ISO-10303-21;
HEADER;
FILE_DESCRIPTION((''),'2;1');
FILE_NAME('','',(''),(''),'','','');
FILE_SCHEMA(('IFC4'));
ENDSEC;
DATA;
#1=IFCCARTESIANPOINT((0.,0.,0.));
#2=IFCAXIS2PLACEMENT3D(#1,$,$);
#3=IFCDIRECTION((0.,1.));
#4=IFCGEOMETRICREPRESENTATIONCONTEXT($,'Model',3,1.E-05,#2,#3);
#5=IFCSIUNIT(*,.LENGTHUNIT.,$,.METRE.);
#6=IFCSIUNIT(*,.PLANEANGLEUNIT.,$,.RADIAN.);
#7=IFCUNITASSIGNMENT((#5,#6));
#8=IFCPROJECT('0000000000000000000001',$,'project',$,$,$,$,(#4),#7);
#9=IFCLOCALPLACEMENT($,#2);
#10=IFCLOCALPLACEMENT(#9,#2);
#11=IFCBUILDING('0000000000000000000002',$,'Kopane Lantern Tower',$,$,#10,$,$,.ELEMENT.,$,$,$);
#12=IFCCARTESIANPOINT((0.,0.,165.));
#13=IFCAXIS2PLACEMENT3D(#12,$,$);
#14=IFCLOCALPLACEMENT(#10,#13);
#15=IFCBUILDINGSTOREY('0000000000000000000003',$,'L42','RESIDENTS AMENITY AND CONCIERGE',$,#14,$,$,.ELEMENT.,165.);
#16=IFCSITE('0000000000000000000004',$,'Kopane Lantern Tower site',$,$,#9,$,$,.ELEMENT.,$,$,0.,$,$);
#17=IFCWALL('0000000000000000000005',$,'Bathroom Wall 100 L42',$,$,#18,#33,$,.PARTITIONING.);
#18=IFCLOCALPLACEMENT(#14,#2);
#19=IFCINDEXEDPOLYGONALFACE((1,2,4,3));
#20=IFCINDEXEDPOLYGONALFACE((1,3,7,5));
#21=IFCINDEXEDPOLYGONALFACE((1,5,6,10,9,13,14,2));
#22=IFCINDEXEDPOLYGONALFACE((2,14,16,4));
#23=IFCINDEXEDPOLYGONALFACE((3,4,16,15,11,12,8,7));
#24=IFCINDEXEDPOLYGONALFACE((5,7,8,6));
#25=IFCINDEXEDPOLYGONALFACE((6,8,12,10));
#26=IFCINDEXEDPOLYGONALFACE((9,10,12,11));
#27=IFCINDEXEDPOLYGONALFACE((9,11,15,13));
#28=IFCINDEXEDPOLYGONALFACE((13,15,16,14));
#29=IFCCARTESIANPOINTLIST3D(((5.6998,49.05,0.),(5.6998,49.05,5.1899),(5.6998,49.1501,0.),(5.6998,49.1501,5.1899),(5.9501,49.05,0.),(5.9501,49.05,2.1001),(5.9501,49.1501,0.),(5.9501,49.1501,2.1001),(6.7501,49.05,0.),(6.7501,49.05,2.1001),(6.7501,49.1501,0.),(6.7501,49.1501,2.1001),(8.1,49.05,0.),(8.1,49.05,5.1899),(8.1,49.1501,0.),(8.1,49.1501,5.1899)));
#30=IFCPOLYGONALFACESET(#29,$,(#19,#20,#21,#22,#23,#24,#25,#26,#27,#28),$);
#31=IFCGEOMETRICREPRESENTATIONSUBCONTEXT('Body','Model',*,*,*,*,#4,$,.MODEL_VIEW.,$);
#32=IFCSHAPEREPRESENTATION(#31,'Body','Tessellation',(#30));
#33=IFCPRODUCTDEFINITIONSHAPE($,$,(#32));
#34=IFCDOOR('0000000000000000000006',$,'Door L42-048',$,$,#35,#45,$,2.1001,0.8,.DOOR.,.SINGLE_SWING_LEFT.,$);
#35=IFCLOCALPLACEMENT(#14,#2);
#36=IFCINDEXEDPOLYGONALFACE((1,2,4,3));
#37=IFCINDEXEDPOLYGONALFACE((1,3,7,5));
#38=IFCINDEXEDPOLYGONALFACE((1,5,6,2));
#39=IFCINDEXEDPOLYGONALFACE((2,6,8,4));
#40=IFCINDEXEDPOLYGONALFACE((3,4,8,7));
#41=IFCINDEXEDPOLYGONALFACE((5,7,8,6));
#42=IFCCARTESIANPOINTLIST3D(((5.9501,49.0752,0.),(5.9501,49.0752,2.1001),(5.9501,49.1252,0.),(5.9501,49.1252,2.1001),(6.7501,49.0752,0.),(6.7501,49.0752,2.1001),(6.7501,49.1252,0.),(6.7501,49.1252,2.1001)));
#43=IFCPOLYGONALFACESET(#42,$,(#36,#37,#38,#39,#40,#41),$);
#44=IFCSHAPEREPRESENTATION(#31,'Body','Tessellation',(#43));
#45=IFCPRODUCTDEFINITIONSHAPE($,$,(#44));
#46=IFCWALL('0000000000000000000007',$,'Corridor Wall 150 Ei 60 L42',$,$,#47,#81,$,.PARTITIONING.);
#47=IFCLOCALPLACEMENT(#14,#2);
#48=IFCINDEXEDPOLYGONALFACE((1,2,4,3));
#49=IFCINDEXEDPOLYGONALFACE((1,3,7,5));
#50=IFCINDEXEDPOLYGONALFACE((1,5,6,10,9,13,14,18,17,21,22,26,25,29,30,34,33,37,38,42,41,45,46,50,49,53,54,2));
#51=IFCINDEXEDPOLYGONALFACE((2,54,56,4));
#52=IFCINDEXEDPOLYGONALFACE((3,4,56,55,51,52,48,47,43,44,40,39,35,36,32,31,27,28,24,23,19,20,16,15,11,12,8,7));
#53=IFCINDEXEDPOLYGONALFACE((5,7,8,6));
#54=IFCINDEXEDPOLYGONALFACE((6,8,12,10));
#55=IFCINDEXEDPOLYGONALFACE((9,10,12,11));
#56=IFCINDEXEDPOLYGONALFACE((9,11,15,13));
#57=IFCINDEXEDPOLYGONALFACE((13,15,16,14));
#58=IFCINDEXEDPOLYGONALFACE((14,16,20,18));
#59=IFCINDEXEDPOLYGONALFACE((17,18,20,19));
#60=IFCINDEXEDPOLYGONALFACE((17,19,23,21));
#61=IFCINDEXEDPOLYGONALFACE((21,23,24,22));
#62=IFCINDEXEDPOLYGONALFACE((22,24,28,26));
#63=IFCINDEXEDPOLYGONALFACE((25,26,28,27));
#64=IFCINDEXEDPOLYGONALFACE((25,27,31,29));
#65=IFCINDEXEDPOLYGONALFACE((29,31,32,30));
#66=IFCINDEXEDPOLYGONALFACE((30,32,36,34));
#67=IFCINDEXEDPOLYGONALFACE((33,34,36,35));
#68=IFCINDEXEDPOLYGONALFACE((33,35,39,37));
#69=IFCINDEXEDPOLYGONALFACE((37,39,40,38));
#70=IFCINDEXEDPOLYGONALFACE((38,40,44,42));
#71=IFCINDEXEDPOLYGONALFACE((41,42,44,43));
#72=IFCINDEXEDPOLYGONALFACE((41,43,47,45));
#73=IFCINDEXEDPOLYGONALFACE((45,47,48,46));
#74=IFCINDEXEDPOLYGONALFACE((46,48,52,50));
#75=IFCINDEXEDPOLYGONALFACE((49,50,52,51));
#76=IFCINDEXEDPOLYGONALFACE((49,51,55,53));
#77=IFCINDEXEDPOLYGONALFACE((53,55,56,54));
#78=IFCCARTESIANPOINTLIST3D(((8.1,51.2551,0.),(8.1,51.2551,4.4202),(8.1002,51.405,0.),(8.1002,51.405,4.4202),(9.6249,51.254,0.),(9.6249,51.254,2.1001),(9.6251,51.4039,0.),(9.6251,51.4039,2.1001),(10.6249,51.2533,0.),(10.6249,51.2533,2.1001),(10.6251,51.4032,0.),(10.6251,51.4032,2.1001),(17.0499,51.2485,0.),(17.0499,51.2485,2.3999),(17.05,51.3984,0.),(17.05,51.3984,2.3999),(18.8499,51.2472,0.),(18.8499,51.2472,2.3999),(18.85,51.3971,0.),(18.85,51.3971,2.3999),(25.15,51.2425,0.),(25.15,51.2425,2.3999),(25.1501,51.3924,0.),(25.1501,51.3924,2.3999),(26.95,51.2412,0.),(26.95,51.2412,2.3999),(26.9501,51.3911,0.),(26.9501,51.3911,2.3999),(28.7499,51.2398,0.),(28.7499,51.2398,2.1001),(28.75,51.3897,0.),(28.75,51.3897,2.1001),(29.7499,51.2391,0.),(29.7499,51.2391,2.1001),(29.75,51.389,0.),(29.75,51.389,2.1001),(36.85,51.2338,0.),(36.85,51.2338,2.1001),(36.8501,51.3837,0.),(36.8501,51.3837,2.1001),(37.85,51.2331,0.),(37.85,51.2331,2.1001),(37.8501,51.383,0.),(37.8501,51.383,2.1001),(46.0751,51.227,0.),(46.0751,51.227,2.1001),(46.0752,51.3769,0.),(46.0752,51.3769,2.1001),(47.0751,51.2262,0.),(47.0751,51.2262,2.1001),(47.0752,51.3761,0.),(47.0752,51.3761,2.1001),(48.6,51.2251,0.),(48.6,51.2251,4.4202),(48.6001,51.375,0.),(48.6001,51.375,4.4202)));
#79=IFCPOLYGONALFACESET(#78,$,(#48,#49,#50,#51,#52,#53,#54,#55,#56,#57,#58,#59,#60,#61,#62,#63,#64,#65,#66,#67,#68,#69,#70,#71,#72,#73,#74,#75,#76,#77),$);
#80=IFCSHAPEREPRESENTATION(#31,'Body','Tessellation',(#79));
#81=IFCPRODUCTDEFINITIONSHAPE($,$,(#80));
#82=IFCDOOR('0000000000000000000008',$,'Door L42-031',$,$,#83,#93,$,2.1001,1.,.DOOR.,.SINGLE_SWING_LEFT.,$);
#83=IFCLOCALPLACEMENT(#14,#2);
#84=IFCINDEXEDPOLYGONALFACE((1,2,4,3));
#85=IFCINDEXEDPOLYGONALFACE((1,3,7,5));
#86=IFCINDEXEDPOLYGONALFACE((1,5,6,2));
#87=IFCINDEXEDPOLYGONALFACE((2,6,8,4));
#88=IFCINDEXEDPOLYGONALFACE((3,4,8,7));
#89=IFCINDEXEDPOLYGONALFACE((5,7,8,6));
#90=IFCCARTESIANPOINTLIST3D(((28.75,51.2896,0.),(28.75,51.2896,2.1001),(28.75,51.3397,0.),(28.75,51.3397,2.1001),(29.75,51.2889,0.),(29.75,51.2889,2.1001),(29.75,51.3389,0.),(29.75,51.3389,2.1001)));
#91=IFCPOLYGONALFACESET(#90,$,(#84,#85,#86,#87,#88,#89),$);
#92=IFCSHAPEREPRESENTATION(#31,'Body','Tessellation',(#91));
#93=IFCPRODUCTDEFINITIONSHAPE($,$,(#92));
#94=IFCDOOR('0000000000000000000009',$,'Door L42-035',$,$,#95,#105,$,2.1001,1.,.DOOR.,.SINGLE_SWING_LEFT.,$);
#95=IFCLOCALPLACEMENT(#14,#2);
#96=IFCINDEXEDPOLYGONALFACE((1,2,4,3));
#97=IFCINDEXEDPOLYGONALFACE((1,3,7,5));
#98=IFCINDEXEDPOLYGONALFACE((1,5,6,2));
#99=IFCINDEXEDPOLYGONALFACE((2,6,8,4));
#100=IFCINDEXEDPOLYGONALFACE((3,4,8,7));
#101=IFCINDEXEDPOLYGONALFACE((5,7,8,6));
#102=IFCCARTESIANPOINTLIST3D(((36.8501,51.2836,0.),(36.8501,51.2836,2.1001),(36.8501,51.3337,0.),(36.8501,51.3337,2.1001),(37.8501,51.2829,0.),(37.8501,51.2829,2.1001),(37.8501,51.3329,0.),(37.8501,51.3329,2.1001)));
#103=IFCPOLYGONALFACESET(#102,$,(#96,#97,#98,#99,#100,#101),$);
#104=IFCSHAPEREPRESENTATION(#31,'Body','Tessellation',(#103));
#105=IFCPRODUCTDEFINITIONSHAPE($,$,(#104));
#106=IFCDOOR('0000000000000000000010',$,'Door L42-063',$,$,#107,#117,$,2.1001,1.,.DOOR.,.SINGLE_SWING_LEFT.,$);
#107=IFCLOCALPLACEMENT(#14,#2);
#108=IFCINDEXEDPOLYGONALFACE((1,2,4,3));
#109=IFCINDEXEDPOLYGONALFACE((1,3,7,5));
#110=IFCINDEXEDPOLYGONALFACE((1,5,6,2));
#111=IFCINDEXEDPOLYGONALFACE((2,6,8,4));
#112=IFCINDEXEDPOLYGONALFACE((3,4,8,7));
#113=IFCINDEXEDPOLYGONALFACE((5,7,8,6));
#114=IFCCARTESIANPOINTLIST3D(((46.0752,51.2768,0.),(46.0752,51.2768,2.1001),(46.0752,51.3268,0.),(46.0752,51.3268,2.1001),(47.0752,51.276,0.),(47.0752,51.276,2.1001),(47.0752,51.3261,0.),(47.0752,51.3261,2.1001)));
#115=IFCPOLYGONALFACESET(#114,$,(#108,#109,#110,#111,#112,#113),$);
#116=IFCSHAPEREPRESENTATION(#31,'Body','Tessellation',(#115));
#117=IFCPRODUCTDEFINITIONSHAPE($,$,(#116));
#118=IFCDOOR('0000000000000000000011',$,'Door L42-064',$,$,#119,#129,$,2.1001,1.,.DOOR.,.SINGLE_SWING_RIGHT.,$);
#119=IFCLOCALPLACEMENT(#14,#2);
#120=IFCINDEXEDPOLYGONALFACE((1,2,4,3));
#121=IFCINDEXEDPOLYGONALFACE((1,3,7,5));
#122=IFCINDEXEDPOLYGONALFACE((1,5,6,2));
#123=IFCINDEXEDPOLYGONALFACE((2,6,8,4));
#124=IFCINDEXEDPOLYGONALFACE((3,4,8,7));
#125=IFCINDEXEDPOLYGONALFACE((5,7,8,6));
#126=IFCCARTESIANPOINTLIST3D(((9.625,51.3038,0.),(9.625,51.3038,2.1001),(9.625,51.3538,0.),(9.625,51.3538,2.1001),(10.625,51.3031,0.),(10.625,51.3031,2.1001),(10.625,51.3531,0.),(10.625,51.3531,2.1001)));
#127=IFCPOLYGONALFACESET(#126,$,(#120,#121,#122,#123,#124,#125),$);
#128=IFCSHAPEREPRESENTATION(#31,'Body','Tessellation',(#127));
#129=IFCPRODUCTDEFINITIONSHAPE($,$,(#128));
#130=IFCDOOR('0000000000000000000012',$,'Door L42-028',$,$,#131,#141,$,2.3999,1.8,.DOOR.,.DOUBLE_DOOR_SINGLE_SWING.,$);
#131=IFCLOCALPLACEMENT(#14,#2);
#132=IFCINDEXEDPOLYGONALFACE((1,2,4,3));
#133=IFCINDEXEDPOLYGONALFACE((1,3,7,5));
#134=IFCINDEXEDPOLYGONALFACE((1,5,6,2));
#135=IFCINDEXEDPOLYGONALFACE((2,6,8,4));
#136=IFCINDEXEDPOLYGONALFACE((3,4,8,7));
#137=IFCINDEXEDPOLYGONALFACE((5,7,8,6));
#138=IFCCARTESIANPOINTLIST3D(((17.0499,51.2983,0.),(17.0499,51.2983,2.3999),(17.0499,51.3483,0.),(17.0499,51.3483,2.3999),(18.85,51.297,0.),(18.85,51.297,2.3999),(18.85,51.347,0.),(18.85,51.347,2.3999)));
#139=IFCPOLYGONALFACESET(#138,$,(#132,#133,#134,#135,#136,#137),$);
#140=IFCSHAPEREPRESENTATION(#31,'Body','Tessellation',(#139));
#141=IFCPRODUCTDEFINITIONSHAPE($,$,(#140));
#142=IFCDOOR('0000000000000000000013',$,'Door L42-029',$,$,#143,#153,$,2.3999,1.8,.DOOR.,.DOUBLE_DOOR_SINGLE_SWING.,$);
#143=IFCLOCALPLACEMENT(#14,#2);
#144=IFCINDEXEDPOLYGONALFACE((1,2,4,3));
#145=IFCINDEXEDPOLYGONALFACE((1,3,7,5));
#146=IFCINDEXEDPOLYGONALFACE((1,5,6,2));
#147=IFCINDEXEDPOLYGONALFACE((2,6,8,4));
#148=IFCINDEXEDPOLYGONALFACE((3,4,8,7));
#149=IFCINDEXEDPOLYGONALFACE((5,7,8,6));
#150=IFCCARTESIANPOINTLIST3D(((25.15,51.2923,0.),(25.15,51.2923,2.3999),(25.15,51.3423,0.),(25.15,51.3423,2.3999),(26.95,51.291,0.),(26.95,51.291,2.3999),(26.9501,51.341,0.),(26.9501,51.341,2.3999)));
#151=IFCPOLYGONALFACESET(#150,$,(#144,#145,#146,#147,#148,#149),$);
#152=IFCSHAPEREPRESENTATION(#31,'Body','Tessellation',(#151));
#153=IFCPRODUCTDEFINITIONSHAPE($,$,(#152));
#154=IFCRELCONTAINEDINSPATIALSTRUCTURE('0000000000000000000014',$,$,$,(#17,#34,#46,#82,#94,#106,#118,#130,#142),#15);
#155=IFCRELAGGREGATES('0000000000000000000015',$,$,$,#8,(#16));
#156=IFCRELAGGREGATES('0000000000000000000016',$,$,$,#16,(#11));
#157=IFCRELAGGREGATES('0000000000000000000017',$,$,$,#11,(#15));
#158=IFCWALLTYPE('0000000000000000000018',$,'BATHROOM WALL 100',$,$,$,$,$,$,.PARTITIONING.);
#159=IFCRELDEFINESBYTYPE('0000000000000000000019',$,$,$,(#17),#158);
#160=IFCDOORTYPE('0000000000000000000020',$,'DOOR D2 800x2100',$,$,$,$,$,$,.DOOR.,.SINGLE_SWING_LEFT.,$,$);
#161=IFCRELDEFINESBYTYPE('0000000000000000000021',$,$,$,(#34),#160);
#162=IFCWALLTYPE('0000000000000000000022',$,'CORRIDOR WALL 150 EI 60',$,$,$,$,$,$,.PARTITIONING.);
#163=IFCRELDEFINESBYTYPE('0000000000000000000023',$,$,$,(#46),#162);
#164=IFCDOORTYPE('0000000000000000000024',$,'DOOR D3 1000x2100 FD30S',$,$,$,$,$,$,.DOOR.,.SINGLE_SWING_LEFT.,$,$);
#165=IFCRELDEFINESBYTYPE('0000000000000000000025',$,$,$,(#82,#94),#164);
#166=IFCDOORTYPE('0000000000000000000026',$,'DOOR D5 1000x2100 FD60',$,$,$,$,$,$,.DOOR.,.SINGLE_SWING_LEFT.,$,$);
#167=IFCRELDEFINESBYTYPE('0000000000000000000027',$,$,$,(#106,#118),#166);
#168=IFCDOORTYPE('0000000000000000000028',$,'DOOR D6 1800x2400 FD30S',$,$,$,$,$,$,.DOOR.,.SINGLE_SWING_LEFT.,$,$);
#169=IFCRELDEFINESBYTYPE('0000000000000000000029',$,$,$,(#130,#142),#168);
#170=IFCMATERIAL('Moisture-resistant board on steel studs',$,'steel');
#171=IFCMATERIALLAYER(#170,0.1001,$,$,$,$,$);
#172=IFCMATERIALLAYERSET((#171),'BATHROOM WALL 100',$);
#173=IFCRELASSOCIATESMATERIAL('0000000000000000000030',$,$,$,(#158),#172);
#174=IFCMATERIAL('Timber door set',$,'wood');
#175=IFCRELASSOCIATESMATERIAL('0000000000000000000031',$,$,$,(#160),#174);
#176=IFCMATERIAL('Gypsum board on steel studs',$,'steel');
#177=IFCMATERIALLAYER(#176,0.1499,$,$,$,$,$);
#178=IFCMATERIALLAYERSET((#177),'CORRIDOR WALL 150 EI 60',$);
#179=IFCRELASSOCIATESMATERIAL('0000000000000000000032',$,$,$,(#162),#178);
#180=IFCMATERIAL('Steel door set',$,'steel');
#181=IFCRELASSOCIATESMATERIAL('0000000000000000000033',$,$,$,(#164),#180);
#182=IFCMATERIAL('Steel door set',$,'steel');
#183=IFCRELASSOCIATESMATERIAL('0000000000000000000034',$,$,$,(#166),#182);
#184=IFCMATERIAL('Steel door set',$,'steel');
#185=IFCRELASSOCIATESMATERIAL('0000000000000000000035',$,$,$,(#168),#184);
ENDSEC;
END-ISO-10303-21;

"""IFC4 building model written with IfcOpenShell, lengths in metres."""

from ifc_helpers import new_model, si_unit, direction, frame, frame_2d, origin, place, context, subcontext, project, spatial, rectangle, extrude, material, layer, layer_set, type_object, element, fill, save


model = new_model("IFC4")

# Units and contexts
model_context = context("Model", 3, precision=1e-05, world=origin(), true_north=direction((0.0, 1.0)))
body_context = subcontext(model_context, "Body", "Model", "MODEL_VIEW")
ifc_project = project(units=[si_unit("LENGTHUNIT", "METRE"), si_unit("PLANEANGLEUNIT", "RADIAN")], contexts=[model_context])

# Site, building, storey
site_placement = place(None, origin())
site = spatial("IfcSite", under=ifc_project, at=site_placement, Name="Kopane Lantern Tower site", CompositionType="ELEMENT", RefElevation=0.0)
building_placement = place(site_placement, origin())
building = spatial("IfcBuilding", under=site, at=building_placement, Name="Kopane Lantern Tower", CompositionType="ELEMENT")
storey_placement = place(building_placement, frame((0.0, 0.0, 165.0)))
storey = spatial("IfcBuildingStorey", under=building, at=storey_placement, Name="L42", Description="RESIDENTS AMENITY AND CONCIERGE", CompositionType="ELEMENT", Elevation=165.0)

# Shared definitions
ifc_material_1 = material(Name="Moisture-resistant board on steel studs", Category="steel")
ifc_layer_1 = layer(ifc_material_1, 0.1001)
ifc_layer_set_1 = layer_set([ifc_layer_1], Name="BATHROOM WALL 100")
wall_type_1 = type_object("IfcWallType", Name="BATHROOM WALL 100", PredefinedType="PARTITIONING", material=ifc_layer_set_1)

# Wall, opening, door
wall_1_placement = place(storey_placement, frame((8.1001, 49.1001, 0.0), z_axis=(0.0, 0.0, 1.0), x_axis=(-1.0, 0.0, 0.0)))
wall_1 = element("IfcWall", 1, at=wall_1_placement, inside=storey, type_object=wall_type_1, Name="Bathroom Wall 100 L42", PredefinedType="PARTITIONING", context=body_context, shape_type="SweptSolid", body=[
    extrude(rectangle(XDim=2.4001, YDim=0.1001, at=frame_2d((1.2002, 0.0))), origin(), (0.0, 0.0, 1.0), 5.1899),
])
opening_1_placement = place(wall_1_placement, frame((1.3501, 0.0, 0.0)))
opening_1 = element("IfcOpeningElement", 2, at=opening_1_placement, cuts=wall_1, PredefinedType="OPENING", context=body_context, shape_type="SweptSolid", body=[
    extrude(rectangle(XDim=0.8, YDim=2.1001, at=frame_2d((0.3999, 1.05))), frame((0.0, 0.0601, 0.0), z_axis=(0.0, -1.0, 0.0), x_axis=(1.0, 0.0, 0.0)), (0.0, 0.0, 1.0), 0.1201),
])
ifc_material_2 = material(Name="Timber door set", Category="wood")
door_type_1 = type_object("IfcDoorType", Name="DOOR D2 800x2100", OperationType="SINGLE_SWING_LEFT", PredefinedType="DOOR", material=ifc_material_2)
door_1_placement = place(opening_1_placement, origin())
door_1 = element("IfcDoor", 3, at=door_1_placement, inside=storey, type_object=door_type_1, Name="Door L42-048", OperationType="SINGLE_SWING_LEFT", OverallHeight=2.1001, OverallWidth=0.8, PredefinedType="DOOR", context=body_context, shape_type="SweptSolid", body=[
    extrude(rectangle(XDim=0.8, YDim=2.1001, at=frame_2d((0.3999, 1.05))), frame((0.0, 0.0249, 0.0), z_axis=(0.0, -1.0, 0.0), x_axis=(1.0, 0.0, 0.0)), (0.0, 0.0, 1.0), 0.05),
])
fill(opening_1, door_1)

# Wall, openings, doors
ifc_material_3 = material(Name="Gypsum board on steel studs", Category="steel")
ifc_layer_2 = layer(ifc_material_3, 0.1499)
ifc_layer_set_2 = layer_set([ifc_layer_2], Name="CORRIDOR WALL 150 EI 60")
wall_type_2 = type_object("IfcWallType", Name="CORRIDOR WALL 150 EI 60", PredefinedType="PARTITIONING", material=ifc_layer_set_2)
wall_2_placement = place(storey_placement, frame((8.1001, 51.3301, 0.0), z_axis=(0.0, 0.0, 1.0), x_axis=(1.0, -0.000741, 0.0)))
wall_2 = element("IfcWall", 4, at=wall_2_placement, inside=storey, type_object=wall_type_2, Name="Corridor Wall 150 Ei 60 L42", PredefinedType="PARTITIONING", context=body_context, shape_type="SweptSolid", body=[
    extrude(rectangle(XDim=40.5, YDim=0.1499, at=frame_2d((20.25, 0.0))), origin(), (0.0, 0.0, 1.0), 4.4202),
])
opening_2_placement = place(wall_2_placement, frame((8.95, 0.0, 0.0)))
opening_2 = element("IfcOpeningElement", 5, at=opening_2_placement, cuts=wall_2, PredefinedType="OPENING", context=body_context, shape_type="SweptSolid", body=[
    extrude(rectangle(XDim=1.8, YDim=2.3999, at=frame_2d((0.8999, 1.2))), frame((0.0, 0.085, 0.0), z_axis=(0.0, -1.0, 0.0), x_axis=(1.0, 0.0, 0.0)), (0.0, 0.0, 1.0), 0.1699),
])
opening_3_placement = place(wall_2_placement, frame((17.05, 0.0, 0.0)))
opening_3 = element("IfcOpeningElement", 6, at=opening_3_placement, cuts=wall_2, PredefinedType="OPENING", context=body_context, shape_type="SweptSolid", body=[
    extrude(rectangle(XDim=1.8, YDim=2.3999, at=frame_2d((0.8999, 1.2))), frame((0.0, 0.085, 0.0), z_axis=(0.0, -1.0, 0.0), x_axis=(1.0, 0.0, 0.0)), (0.0, 0.0, 1.0), 0.1699),
])
opening_4_placement = place(wall_2_placement, frame((20.6499, 0.0, 0.0)))
opening_4 = element("IfcOpeningElement", 7, at=opening_4_placement, cuts=wall_2, PredefinedType="OPENING", context=body_context, shape_type="SweptSolid", body=[
    extrude(rectangle(XDim=1.0, YDim=2.1001, at=frame_2d((0.5, 1.05))), frame((0.0, 0.085, 0.0), z_axis=(0.0, -1.0, 0.0), x_axis=(1.0, 0.0, 0.0)), (0.0, 0.0, 1.0), 0.1699),
])
opening_5_placement = place(wall_2_placement, frame((28.75, 0.0, 0.0)))
opening_5 = element("IfcOpeningElement", 8, at=opening_5_placement, cuts=wall_2, PredefinedType="OPENING", context=body_context, shape_type="SweptSolid", body=[
    extrude(rectangle(XDim=1.0, YDim=2.1001, at=frame_2d((0.5, 1.05))), frame((0.0, 0.085, 0.0), z_axis=(0.0, -1.0, 0.0), x_axis=(1.0, 0.0, 0.0)), (0.0, 0.0, 1.0), 0.1699),
])
opening_6_placement = place(wall_2_placement, frame((37.9751, 0.0, 0.0)))
opening_6 = element("IfcOpeningElement", 9, at=opening_6_placement, cuts=wall_2, PredefinedType="OPENING", context=body_context, shape_type="SweptSolid", body=[
    extrude(rectangle(XDim=1.0, YDim=2.1001, at=frame_2d((0.5, 1.05))), frame((0.0, 0.085, 0.0), z_axis=(0.0, -1.0, 0.0), x_axis=(1.0, 0.0, 0.0)), (0.0, 0.0, 1.0), 0.1699),
])
opening_7_placement = place(wall_2_placement, frame((1.5249, 0.0, 0.0)))
opening_7 = element("IfcOpeningElement", 10, at=opening_7_placement, cuts=wall_2, PredefinedType="OPENING", context=body_context, shape_type="SweptSolid", body=[
    extrude(rectangle(XDim=1.0, YDim=2.1001, at=frame_2d((0.5, 1.05))), frame((0.0, 0.085, 0.0), z_axis=(0.0, -1.0, 0.0), x_axis=(1.0, 0.0, 0.0)), (0.0, 0.0, 1.0), 0.1699),
])
ifc_material_4 = material(Name="Steel door set", Category="steel")
door_type_2 = type_object("IfcDoorType", Name="DOOR D3 1000x2100 FD30S", OperationType="SINGLE_SWING_LEFT", PredefinedType="DOOR", material=ifc_material_4)
door_2_placement = place(opening_4_placement, origin())
door_2 = element("IfcDoor", 11, at=door_2_placement, inside=storey, type_object=door_type_2, Name="Door L42-031", OperationType="SINGLE_SWING_LEFT", OverallHeight=2.1001, OverallWidth=1.0, PredefinedType="DOOR", context=body_context, shape_type="SweptSolid", body=[
    extrude(rectangle(XDim=1.0, YDim=2.1001, at=frame_2d((0.5, 1.05))), frame((0.0, 0.0249, 0.0), z_axis=(0.0, -1.0, 0.0), x_axis=(1.0, 0.0, 0.0)), (0.0, 0.0, 1.0), 0.05),
])
fill(opening_4, door_2)
door_3_placement = place(opening_5_placement, origin())
door_3 = element("IfcDoor", 12, at=door_3_placement, inside=storey, type_object=door_type_2, Name="Door L42-035", OperationType="SINGLE_SWING_LEFT", OverallHeight=2.1001, OverallWidth=1.0, PredefinedType="DOOR", context=body_context, shape_type="SweptSolid", body=[
    extrude(rectangle(XDim=1.0, YDim=2.1001, at=frame_2d((0.5, 1.05))), frame((0.0, 0.0249, 0.0), z_axis=(0.0, -1.0, 0.0), x_axis=(1.0, 0.0, 0.0)), (0.0, 0.0, 1.0), 0.05),
])
fill(opening_5, door_3)
ifc_material_5 = material(Name="Steel door set", Category="steel")
door_type_3 = type_object("IfcDoorType", Name="DOOR D5 1000x2100 FD60", OperationType="SINGLE_SWING_LEFT", PredefinedType="DOOR", material=ifc_material_5)
door_4_placement = place(opening_6_placement, origin())
door_4 = element("IfcDoor", 13, at=door_4_placement, inside=storey, type_object=door_type_3, Name="Door L42-063", OperationType="SINGLE_SWING_LEFT", OverallHeight=2.1001, OverallWidth=1.0, PredefinedType="DOOR", context=body_context, shape_type="SweptSolid", body=[
    extrude(rectangle(XDim=1.0, YDim=2.1001, at=frame_2d((0.5, 1.05))), frame((0.0, 0.0249, 0.0), z_axis=(0.0, -1.0, 0.0), x_axis=(1.0, 0.0, 0.0)), (0.0, 0.0, 1.0), 0.05),
])
fill(opening_6, door_4)
door_5_placement = place(opening_7_placement, origin())
door_5 = element("IfcDoor", 14, at=door_5_placement, inside=storey, type_object=door_type_3, Name="Door L42-064", OperationType="SINGLE_SWING_RIGHT", OverallHeight=2.1001, OverallWidth=1.0, PredefinedType="DOOR", context=body_context, shape_type="SweptSolid", body=[
    extrude(rectangle(XDim=1.0, YDim=2.1001, at=frame_2d((0.5, 1.05))), frame((0.0, 0.0249, 0.0), z_axis=(0.0, -1.0, 0.0), x_axis=(1.0, 0.0, 0.0)), (0.0, 0.0, 1.0), 0.05),
])
fill(opening_7, door_5)
ifc_material_6 = material(Name="Steel door set", Category="steel")
door_type_4 = type_object("IfcDoorType", Name="DOOR D6 1800x2400 FD30S", OperationType="SINGLE_SWING_LEFT", PredefinedType="DOOR", material=ifc_material_6)
door_6_placement = place(opening_2_placement, origin())
door_6 = element("IfcDoor", 15, at=door_6_placement, inside=storey, type_object=door_type_4, Name="Door L42-028", OperationType="DOUBLE_DOOR_SINGLE_SWING", OverallHeight=2.3999, OverallWidth=1.8, PredefinedType="DOOR", context=body_context, shape_type="SweptSolid", body=[
    extrude(rectangle(XDim=1.8, YDim=2.3999, at=frame_2d((0.8999, 1.2))), frame((0.0, 0.0249, 0.0), z_axis=(0.0, -1.0, 0.0), x_axis=(1.0, 0.0, 0.0)), (0.0, 0.0, 1.0), 0.05),
])
fill(opening_2, door_6)
door_7_placement = place(opening_3_placement, origin())
door_7 = element("IfcDoor", 16, at=door_7_placement, inside=storey, type_object=door_type_4, Name="Door L42-029", OperationType="DOUBLE_DOOR_SINGLE_SWING", OverallHeight=2.3999, OverallWidth=1.8, PredefinedType="DOOR", context=body_context, shape_type="SweptSolid", body=[
    extrude(rectangle(XDim=1.8, YDim=2.3999, at=frame_2d((0.8999, 1.2))), frame((0.0, 0.0249, 0.0), z_axis=(0.0, -1.0, 0.0), x_axis=(1.0, 0.0, 0.0)), (0.0, 0.0, 1.0), 0.05),
])
fill(opening_3, door_7)

save(model, "model.ifc")
